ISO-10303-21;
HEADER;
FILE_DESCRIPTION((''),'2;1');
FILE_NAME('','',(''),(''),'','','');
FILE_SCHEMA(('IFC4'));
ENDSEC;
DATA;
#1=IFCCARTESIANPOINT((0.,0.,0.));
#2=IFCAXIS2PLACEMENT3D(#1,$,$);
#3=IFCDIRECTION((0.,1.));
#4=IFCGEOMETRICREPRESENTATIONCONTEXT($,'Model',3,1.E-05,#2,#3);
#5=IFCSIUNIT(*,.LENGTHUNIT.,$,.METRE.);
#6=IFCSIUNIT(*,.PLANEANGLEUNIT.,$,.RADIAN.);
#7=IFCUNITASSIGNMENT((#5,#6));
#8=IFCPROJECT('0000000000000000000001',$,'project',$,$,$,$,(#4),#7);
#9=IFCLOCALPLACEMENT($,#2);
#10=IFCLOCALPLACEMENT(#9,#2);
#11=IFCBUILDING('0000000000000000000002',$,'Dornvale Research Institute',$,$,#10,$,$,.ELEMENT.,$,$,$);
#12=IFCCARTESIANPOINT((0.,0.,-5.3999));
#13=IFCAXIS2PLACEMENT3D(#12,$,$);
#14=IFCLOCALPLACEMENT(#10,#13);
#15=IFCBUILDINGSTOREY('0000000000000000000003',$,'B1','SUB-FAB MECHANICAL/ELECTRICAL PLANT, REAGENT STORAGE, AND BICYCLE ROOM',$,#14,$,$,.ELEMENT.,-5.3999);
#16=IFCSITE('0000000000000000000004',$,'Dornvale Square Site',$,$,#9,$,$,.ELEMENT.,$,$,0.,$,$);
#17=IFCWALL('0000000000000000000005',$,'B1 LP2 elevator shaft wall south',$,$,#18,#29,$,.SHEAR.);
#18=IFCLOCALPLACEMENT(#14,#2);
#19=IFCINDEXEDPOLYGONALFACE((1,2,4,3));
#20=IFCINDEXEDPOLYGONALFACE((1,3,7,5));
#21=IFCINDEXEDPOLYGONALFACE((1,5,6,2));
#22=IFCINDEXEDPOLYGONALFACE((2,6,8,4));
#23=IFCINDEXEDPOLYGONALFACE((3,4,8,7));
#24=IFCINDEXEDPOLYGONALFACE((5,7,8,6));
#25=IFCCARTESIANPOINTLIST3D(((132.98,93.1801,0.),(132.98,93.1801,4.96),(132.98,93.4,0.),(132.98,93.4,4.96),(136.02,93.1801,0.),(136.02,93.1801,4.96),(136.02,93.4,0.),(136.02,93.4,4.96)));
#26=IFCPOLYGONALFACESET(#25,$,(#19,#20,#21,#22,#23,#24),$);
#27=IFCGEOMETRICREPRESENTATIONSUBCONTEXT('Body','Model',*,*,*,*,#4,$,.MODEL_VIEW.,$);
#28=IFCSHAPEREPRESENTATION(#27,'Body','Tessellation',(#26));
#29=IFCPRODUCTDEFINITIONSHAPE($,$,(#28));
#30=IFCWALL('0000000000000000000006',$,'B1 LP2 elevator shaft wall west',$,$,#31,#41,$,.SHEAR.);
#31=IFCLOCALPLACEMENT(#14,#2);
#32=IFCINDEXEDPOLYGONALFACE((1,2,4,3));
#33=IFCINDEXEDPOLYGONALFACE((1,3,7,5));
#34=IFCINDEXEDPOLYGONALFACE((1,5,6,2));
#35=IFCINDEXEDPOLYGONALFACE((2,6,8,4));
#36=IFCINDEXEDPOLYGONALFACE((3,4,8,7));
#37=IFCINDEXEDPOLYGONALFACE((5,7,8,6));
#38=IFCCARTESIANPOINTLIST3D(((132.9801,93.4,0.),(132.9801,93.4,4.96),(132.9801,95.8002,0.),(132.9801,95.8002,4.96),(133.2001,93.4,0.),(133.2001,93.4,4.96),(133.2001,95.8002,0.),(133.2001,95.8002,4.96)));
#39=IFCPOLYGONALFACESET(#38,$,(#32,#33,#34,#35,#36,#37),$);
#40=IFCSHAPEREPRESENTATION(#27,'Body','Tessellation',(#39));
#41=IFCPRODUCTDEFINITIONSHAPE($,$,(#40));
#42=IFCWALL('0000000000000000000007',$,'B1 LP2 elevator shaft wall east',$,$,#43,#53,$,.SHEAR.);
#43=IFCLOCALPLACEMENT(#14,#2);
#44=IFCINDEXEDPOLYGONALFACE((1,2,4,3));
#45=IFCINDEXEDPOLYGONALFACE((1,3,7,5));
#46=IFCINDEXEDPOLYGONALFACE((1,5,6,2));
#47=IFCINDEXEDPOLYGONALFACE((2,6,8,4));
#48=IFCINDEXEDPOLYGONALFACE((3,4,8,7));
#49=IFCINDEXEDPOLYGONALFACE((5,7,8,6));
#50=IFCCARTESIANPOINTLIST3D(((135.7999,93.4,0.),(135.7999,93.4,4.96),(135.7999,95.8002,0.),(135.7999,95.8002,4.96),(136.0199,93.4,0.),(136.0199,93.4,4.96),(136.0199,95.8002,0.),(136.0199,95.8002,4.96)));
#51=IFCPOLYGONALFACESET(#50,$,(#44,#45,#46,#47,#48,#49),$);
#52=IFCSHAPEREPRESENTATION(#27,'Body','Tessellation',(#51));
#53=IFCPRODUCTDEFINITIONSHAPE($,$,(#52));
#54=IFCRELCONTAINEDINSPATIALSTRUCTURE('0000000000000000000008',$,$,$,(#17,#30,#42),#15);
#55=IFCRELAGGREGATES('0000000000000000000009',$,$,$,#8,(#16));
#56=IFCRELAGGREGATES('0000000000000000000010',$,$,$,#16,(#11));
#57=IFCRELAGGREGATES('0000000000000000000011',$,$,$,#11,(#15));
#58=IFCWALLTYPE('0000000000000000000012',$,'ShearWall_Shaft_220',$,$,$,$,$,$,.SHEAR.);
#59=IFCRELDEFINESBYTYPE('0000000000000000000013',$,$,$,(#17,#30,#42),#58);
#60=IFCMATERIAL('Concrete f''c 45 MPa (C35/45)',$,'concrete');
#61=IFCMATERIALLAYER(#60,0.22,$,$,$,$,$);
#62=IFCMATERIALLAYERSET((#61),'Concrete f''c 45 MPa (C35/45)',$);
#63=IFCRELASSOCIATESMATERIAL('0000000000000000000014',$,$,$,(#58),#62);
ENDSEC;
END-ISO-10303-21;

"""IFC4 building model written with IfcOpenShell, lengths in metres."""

from ifc_helpers import new_model, si_unit, direction, frame, frame_2d, origin, place, context, subcontext, project, spatial, rectangle, extrude, material, layer, layer_set, type_object, element, save


model = new_model("IFC4")

# Units and contexts
model_context = context("Model", 3, precision=1e-05, world=origin(), true_north=direction((0.0, 1.0)))
body_context = subcontext(model_context, "Body", "Model", "MODEL_VIEW")
ifc_project = project(units=[si_unit("LENGTHUNIT", "METRE"), si_unit("PLANEANGLEUNIT", "RADIAN")], contexts=[model_context])

# Site, building, storey
site_placement = place(None, origin())
site = spatial("IfcSite", under=ifc_project, at=site_placement, Name="Dornvale Square Site", CompositionType="ELEMENT", RefElevation=0.0)
building_placement = place(site_placement, origin())
building = spatial("IfcBuilding", under=site, at=building_placement, Name="Dornvale Research Institute", CompositionType="ELEMENT")
storey_placement = place(building_placement, frame((0.0, 0.0, -5.3999)))
storey = spatial("IfcBuildingStorey", under=building, at=storey_placement, Name="B1", Description="SUB-FAB MECHANICAL/ELECTRICAL PLANT, REAGENT STORAGE, AND BICYCLE ROOM", CompositionType="ELEMENT", Elevation=-5.3999)

# Walls
ifc_material_1 = material(Name="Concrete f'c 45 MPa (C35/45)", Category="concrete")
ifc_layer_1 = layer(ifc_material_1, 0.22)
ifc_layer_set_1 = layer_set([ifc_layer_1], Name="Concrete f'c 45 MPa (C35/45)")
wall_type_1 = type_object("IfcWallType", Name="ShearWall_Shaft_220", PredefinedType="SHEAR", material=ifc_layer_set_1)
wall_1_placement = place(storey_placement, frame((132.98, 93.29, 0.0), z_axis=(0.0, 0.0, 1.0), x_axis=(1.0, 0.0, 0.0)))
element("IfcWall", 1, at=wall_1_placement, inside=storey, type_object=wall_type_1, Name="B1 LP2 elevator shaft wall south", PredefinedType="SHEAR", context=body_context, shape_type="SweptSolid", body=[
    extrude(rectangle(XDim=3.04, YDim=0.22, at=frame_2d((1.52, 0.0))), origin(), (0.0, 0.0, 1.0), 4.96),
])
for number, where, z_axis, x_axis, name in (
    (2, (133.0901, 93.3999, 0.0), (0.0, 0.0, 1.0), (0.0, 1.0, 0.0), "B1 LP2 elevator shaft wall west"),
    (3, (135.9099, 93.3999, 0.0), (0.0, 0.0, 1.0), (0.0, 1.0, 0.0), "B1 LP2 elevator shaft wall east"),
):
    element("IfcWall", number, at=place(storey_placement, frame(where, z_axis=z_axis, x_axis=x_axis)), inside=storey, type_object=wall_type_1, Name=name, PredefinedType="SHEAR", context=body_context, shape_type="SweptSolid", body=[
        extrude(rectangle(XDim=2.4001, YDim=0.22, at=frame_2d((1.2002, 0.0))), origin(), (0.0, 0.0, 1.0), 4.96),
    ])

save(model, "model.ifc")
